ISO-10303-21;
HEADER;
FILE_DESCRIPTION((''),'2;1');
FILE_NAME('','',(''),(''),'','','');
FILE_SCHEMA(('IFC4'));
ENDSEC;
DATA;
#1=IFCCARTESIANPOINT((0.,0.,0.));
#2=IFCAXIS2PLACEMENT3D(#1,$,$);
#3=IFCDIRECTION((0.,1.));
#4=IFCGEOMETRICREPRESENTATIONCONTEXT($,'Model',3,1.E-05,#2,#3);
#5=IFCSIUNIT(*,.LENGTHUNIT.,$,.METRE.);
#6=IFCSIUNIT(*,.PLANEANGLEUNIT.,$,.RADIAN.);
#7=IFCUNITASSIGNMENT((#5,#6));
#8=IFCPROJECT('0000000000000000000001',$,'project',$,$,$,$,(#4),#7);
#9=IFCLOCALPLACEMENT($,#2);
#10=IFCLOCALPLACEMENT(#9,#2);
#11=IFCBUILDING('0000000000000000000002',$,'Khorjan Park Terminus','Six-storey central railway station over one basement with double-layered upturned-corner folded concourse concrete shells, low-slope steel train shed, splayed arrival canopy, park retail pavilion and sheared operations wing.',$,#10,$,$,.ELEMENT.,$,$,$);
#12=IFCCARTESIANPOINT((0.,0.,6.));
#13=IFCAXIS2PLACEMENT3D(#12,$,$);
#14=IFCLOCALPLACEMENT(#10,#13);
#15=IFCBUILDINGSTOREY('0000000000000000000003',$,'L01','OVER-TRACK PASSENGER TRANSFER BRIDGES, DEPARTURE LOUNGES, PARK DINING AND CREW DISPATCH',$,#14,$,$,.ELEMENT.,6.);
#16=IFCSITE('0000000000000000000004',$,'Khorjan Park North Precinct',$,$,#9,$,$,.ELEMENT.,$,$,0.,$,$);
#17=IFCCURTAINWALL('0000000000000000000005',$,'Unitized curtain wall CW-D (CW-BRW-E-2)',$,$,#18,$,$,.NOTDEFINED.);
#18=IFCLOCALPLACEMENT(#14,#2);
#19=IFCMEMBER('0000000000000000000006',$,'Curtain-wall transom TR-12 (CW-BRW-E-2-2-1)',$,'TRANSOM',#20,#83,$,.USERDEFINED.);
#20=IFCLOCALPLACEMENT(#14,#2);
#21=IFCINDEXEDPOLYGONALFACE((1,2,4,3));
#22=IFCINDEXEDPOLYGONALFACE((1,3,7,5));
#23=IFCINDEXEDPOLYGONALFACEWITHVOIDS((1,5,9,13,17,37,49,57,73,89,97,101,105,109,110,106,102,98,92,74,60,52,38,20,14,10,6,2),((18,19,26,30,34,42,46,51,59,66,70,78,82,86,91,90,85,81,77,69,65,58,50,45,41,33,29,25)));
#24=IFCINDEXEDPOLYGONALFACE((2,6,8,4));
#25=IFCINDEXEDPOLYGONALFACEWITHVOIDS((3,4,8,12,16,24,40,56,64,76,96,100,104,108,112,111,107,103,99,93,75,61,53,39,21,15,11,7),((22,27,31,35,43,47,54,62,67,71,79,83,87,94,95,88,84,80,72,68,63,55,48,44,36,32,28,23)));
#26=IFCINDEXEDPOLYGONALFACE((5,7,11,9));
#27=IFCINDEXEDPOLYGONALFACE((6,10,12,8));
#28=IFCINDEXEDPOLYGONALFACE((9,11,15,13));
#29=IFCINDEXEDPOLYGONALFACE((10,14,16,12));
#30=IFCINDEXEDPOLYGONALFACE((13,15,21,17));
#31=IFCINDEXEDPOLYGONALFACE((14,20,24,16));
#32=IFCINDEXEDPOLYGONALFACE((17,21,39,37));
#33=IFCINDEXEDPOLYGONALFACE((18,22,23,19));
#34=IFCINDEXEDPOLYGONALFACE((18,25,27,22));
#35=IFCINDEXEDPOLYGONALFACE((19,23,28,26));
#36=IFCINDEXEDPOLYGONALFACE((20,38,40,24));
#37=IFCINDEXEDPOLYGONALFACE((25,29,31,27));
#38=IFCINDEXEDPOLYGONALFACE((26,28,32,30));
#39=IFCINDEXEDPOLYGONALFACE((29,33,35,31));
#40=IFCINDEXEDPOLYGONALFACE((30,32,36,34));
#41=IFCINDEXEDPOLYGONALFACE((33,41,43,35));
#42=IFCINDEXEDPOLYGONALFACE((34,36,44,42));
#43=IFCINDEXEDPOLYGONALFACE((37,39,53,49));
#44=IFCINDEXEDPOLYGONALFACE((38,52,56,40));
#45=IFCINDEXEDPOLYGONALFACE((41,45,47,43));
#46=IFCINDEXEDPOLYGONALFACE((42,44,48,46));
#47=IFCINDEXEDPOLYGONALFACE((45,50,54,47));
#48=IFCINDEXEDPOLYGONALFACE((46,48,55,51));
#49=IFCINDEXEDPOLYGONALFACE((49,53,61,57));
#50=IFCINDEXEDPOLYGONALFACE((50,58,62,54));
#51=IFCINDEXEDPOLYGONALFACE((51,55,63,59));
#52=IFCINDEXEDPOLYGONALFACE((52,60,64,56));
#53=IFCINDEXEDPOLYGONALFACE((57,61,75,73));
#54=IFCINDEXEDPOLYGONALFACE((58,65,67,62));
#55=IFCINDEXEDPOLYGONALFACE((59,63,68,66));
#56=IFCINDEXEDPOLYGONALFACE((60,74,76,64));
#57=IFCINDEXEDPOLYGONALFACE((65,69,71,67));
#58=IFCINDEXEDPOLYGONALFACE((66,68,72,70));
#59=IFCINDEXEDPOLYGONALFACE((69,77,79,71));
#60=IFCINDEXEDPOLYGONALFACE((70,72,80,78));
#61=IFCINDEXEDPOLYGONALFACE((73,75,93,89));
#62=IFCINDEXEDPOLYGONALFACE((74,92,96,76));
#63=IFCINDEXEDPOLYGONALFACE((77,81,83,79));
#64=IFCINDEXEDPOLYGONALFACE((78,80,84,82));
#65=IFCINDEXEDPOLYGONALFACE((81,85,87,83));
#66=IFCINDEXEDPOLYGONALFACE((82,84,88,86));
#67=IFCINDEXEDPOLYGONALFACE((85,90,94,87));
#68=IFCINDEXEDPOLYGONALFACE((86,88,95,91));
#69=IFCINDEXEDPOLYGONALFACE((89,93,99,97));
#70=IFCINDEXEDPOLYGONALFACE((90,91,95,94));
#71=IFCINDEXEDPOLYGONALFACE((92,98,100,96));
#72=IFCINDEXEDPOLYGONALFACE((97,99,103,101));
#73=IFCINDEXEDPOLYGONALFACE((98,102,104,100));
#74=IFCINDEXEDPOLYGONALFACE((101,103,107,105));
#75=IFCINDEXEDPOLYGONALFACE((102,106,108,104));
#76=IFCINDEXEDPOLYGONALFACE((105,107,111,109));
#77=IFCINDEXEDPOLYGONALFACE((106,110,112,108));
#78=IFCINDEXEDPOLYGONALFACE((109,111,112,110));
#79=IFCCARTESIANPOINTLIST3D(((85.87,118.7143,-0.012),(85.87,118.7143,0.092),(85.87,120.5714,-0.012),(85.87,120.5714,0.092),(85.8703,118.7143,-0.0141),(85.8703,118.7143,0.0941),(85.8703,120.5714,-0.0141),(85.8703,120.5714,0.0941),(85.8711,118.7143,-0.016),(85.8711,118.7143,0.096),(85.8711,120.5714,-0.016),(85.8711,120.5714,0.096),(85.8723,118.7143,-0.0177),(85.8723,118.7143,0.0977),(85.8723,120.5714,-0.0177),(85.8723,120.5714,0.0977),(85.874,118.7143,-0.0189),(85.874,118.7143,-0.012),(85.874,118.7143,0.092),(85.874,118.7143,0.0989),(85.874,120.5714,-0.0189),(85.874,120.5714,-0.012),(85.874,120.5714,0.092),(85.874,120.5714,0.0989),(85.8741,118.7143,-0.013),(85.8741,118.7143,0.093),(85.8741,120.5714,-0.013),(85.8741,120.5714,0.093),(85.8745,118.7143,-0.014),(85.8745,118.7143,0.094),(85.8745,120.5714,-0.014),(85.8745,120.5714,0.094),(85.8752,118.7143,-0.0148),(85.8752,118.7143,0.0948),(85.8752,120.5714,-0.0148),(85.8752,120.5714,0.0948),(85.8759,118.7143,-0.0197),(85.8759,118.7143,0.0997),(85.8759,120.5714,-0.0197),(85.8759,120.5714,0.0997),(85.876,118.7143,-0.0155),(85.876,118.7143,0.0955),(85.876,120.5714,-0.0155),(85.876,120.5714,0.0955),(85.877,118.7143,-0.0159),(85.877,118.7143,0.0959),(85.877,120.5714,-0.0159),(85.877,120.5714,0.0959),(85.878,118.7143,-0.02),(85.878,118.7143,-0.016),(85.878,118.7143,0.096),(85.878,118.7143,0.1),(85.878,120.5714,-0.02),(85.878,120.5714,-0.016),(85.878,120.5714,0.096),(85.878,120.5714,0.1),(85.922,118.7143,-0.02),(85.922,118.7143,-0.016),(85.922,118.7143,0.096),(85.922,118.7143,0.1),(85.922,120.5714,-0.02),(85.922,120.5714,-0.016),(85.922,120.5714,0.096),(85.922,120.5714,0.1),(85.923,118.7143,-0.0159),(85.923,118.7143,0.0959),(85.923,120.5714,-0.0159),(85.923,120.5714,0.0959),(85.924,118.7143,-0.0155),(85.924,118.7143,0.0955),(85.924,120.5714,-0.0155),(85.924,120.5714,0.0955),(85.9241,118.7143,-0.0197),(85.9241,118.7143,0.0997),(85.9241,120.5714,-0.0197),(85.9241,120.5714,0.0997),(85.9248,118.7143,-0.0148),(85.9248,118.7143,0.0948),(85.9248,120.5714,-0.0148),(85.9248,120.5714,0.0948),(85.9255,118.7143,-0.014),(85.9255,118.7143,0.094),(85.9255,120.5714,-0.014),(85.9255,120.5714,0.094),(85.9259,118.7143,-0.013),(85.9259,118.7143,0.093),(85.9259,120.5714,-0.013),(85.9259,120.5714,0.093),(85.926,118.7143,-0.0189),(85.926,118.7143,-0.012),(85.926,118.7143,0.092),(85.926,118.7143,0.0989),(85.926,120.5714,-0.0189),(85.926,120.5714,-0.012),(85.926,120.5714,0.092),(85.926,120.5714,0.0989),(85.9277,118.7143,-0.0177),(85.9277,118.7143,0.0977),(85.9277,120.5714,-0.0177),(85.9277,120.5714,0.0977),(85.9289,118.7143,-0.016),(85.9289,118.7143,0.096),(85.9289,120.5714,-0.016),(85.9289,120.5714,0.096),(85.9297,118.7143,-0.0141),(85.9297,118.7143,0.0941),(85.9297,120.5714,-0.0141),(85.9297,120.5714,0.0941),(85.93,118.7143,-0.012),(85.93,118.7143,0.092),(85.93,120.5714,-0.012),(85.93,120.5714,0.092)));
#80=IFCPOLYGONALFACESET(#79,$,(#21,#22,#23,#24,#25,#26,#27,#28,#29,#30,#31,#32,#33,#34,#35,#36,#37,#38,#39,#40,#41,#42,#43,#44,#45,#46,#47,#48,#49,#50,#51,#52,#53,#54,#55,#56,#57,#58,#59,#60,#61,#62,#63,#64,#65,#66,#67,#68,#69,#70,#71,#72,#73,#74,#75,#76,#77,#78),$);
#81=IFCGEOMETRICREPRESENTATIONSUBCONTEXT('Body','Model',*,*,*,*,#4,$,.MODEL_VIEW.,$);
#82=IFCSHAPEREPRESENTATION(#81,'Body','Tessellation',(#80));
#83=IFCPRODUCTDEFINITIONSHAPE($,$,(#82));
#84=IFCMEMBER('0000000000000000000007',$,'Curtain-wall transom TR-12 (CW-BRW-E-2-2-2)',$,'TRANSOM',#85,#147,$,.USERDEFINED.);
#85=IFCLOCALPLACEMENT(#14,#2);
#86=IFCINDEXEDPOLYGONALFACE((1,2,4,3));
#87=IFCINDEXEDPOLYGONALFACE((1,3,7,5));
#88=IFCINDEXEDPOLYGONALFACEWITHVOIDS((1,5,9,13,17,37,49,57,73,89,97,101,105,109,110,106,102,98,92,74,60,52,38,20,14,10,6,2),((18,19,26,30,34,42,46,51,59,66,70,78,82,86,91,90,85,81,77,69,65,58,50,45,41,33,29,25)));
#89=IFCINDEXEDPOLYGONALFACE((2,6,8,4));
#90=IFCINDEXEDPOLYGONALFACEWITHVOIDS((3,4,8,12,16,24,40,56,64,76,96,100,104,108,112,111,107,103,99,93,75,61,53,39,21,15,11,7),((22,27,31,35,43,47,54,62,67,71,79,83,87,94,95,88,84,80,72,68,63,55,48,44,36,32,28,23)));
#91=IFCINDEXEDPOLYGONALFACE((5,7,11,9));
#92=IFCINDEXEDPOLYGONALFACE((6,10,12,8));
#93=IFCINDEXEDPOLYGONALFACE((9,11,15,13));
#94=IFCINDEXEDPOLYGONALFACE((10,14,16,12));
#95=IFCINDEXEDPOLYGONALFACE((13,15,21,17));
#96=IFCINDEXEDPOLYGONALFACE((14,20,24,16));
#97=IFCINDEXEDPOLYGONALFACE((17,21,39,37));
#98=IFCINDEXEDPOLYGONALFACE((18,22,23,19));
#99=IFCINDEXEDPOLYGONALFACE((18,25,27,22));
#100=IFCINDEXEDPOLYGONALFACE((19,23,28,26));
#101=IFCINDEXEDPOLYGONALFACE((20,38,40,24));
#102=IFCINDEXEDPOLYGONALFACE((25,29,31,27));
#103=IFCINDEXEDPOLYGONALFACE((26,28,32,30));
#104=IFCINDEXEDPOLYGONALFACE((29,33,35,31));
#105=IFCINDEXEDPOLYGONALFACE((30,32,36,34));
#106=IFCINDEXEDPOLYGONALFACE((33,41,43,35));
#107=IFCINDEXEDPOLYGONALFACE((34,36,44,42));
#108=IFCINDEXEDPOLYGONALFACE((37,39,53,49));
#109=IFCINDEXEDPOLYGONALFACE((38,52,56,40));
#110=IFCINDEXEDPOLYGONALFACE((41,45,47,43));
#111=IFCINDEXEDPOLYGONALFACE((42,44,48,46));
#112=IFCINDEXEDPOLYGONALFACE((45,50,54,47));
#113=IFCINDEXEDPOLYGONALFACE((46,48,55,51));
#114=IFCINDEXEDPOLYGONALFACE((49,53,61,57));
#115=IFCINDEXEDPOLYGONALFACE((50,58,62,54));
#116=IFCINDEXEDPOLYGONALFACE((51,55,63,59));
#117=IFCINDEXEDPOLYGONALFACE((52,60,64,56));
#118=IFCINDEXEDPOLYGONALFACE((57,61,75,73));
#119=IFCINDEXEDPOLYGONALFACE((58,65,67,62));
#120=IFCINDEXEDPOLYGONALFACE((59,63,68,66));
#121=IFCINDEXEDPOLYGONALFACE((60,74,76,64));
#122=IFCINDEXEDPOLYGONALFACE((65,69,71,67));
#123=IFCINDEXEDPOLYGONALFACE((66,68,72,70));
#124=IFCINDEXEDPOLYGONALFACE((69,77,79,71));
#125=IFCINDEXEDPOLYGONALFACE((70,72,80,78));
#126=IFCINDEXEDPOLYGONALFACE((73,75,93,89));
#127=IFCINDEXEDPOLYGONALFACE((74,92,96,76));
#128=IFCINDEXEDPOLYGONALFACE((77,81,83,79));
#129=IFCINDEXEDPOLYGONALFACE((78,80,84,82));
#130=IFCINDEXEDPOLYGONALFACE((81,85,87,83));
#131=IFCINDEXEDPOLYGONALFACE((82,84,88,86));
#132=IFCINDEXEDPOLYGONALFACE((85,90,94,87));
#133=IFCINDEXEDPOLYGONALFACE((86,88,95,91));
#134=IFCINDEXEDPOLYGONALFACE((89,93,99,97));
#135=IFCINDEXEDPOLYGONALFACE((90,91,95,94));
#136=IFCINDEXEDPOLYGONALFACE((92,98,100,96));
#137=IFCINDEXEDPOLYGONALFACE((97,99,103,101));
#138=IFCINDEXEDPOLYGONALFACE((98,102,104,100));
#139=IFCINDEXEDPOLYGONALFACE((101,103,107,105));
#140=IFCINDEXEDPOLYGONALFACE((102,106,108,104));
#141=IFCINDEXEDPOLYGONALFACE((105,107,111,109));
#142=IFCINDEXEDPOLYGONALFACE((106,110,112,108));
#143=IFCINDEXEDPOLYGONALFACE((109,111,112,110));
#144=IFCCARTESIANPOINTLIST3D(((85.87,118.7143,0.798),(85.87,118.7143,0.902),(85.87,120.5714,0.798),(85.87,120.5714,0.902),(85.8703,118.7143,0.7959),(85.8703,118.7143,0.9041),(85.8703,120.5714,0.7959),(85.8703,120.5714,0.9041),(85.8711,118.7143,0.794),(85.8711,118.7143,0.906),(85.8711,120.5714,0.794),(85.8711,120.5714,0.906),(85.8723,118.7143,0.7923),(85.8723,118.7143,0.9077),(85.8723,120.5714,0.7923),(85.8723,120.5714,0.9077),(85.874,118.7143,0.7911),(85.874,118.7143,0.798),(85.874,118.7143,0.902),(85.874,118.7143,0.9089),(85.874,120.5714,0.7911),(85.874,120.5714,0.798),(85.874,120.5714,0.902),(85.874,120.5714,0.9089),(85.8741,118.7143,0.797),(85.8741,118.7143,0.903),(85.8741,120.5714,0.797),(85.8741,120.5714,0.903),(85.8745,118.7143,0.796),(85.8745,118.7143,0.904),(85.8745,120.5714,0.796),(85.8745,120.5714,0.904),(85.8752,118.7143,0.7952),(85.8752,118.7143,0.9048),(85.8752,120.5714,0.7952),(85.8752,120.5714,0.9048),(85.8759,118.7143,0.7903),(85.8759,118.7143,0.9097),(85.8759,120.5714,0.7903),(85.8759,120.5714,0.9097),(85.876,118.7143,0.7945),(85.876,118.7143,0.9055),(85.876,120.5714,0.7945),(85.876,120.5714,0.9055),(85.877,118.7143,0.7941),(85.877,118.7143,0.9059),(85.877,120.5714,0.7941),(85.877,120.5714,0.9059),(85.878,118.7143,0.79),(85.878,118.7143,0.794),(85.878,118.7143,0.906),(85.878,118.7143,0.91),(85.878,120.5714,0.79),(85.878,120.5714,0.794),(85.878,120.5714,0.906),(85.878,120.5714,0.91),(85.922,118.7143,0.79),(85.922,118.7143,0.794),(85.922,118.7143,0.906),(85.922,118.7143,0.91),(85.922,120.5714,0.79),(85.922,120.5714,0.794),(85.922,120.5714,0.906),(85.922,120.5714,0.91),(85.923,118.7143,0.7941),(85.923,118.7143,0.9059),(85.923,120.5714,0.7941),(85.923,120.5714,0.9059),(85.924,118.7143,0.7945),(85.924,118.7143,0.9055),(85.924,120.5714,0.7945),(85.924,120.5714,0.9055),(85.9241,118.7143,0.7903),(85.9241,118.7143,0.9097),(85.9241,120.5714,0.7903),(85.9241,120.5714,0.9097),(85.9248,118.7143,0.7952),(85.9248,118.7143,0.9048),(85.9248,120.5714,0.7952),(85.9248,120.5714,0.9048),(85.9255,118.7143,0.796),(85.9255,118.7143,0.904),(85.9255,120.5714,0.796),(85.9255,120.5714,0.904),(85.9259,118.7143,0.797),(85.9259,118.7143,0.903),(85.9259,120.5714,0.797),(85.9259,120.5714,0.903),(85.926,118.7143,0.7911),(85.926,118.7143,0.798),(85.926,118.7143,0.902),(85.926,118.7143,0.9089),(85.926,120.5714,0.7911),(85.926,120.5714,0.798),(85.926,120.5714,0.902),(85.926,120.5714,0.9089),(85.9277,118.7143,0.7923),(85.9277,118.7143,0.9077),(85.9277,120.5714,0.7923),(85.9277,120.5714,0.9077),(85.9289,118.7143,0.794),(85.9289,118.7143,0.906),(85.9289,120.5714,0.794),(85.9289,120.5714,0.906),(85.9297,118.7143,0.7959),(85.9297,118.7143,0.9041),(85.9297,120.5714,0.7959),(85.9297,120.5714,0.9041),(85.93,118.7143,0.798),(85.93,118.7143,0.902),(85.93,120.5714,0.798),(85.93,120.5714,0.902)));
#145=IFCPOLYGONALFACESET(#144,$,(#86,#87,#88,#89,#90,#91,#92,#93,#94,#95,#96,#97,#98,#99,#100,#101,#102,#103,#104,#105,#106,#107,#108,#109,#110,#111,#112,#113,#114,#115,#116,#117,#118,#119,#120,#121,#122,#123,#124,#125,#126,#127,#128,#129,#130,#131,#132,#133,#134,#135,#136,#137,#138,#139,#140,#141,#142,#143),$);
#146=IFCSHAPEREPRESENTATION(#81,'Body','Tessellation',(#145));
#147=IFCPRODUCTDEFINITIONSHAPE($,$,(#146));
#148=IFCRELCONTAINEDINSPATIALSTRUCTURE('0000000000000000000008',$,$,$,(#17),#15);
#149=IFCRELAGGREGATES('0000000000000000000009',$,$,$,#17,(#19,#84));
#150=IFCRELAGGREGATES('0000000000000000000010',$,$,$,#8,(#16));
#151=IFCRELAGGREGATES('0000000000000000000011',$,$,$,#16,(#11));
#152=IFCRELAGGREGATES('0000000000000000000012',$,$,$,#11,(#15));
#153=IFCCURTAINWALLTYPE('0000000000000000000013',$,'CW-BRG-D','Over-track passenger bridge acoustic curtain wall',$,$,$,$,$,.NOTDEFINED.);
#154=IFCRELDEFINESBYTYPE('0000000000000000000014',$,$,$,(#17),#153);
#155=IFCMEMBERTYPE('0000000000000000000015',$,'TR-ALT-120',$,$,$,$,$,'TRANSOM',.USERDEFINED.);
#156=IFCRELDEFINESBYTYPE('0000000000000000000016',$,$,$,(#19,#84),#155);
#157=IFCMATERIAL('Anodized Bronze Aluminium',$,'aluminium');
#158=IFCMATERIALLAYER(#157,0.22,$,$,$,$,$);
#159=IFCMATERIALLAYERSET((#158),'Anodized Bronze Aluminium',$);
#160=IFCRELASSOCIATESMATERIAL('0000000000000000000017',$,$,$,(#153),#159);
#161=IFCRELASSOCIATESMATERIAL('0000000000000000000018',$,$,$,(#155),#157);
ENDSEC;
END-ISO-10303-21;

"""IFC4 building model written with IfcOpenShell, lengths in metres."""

from ifc_helpers import new_model, si_unit, direction, frame, origin, origin_2d, place, context, subcontext, project, spatial, hollow_rectangle, extrude, material, layer, layer_set, material_profile, profile_set, type_object, element, aggregate, save


model = new_model("IFC4")

# Units and contexts
model_context = context("Model", 3, precision=1e-05, world=origin(), true_north=direction((0.0, 1.0)))
body_context = subcontext(model_context, "Body", "Model", "MODEL_VIEW")
ifc_project = project(units=[si_unit("LENGTHUNIT", "METRE"), si_unit("PLANEANGLEUNIT", "RADIAN")], contexts=[model_context])

# Site, building, storey
site_placement = place(None, origin())
site = spatial("IfcSite", under=ifc_project, at=site_placement, Name="Khorjan Park North Precinct", CompositionType="ELEMENT", RefElevation=0.0)
building_placement = place(site_placement, origin())
building = spatial("IfcBuilding", under=site, at=building_placement, Name="Khorjan Park Terminus", Description="Six-storey central railway station over one basement with double-layered upturned-corner folded concourse concrete shells, low-slope steel train shed, splayed arrival canopy, park retail pavilion and sheared operations wing.", CompositionType="ELEMENT")
storey_placement = place(building_placement, frame((0.0, 0.0, 6.0)))
storey = spatial("IfcBuildingStorey", under=building, at=storey_placement, Name="L01", Description="OVER-TRACK PASSENGER TRANSFER BRIDGES, DEPARTURE LOUNGES, PARK DINING AND CREW DISPATCH", CompositionType="ELEMENT", Elevation=6.0)

# Curtain wall, members
ifc_material_1 = material(Name="Anodized Bronze Aluminium", Category="aluminium")
ifc_layer_1 = layer(ifc_material_1, 0.22)
ifc_layer_set_1 = layer_set([ifc_layer_1], Name="Anodized Bronze Aluminium")
curtain_wall_type = type_object("IfcCurtainWallType", Name="CW-BRG-D", Description="Over-track passenger bridge acoustic curtain wall", PredefinedType="NOTDEFINED", material=ifc_layer_set_1)
curtain_wall_placement = place(storey_placement, origin())
curtain_wall = element("IfcCurtainWall", 1, at=curtain_wall_placement, inside=storey, type_object=curtain_wall_type, Name="Unitized curtain wall CW-D (CW-BRW-E-2)", PredefinedType="NOTDEFINED")
ifc_material_profile_1 = material_profile(ifc_material_1, hollow_rectangle(XDim=0.06, YDim=0.12, WallThickness=0.004, InnerFilletRadius=0.004, OuterFilletRadius=0.008, at=origin_2d()), Name="ALT 60x120x4")
ifc_profile_set_1 = profile_set([ifc_material_profile_1], Name="Anodized Bronze Aluminium")
member_type_1 = type_object("IfcMemberType", Name="TR-ALT-120", ElementType="TRANSOM", PredefinedType="USERDEFINED", material=ifc_profile_set_1)
member_1_placement = place(storey_placement, frame((85.9, 118.7143, 0.04), z_axis=(0.0, 1.0, 0.0), x_axis=(-1.0, 0.0, 0.0)))
member_1 = element("IfcMember", 2, at=member_1_placement, type_object=member_type_1, Name="Curtain-wall transom TR-12 (CW-BRW-E-2-2-1)", ObjectType="TRANSOM", PredefinedType="USERDEFINED", context=body_context, shape_type="SweptSolid", body=[
    extrude(hollow_rectangle(XDim=0.06, YDim=0.12, WallThickness=0.004, InnerFilletRadius=0.004, OuterFilletRadius=0.008, at=origin_2d()), origin(), (0.0, 0.0, 1.0), 1.8571),
])
member_2_placement = place(storey_placement, frame((85.9, 118.7143, 0.85), z_axis=(0.0, 1.0, 0.0), x_axis=(-1.0, 0.0, 0.0)))
member_2 = element("IfcMember", 3, at=member_2_placement, type_object=member_type_1, Name="Curtain-wall transom TR-12 (CW-BRW-E-2-2-2)", ObjectType="TRANSOM", PredefinedType="USERDEFINED", context=body_context, shape_type="SweptSolid", body=[
    extrude(hollow_rectangle(XDim=0.06, YDim=0.12, WallThickness=0.004, InnerFilletRadius=0.004, OuterFilletRadius=0.008, at=origin_2d()), origin(), (0.0, 0.0, 1.0), 1.8571),
])
aggregate(curtain_wall, [member_1, member_2])

save(model, "model.ifc")
